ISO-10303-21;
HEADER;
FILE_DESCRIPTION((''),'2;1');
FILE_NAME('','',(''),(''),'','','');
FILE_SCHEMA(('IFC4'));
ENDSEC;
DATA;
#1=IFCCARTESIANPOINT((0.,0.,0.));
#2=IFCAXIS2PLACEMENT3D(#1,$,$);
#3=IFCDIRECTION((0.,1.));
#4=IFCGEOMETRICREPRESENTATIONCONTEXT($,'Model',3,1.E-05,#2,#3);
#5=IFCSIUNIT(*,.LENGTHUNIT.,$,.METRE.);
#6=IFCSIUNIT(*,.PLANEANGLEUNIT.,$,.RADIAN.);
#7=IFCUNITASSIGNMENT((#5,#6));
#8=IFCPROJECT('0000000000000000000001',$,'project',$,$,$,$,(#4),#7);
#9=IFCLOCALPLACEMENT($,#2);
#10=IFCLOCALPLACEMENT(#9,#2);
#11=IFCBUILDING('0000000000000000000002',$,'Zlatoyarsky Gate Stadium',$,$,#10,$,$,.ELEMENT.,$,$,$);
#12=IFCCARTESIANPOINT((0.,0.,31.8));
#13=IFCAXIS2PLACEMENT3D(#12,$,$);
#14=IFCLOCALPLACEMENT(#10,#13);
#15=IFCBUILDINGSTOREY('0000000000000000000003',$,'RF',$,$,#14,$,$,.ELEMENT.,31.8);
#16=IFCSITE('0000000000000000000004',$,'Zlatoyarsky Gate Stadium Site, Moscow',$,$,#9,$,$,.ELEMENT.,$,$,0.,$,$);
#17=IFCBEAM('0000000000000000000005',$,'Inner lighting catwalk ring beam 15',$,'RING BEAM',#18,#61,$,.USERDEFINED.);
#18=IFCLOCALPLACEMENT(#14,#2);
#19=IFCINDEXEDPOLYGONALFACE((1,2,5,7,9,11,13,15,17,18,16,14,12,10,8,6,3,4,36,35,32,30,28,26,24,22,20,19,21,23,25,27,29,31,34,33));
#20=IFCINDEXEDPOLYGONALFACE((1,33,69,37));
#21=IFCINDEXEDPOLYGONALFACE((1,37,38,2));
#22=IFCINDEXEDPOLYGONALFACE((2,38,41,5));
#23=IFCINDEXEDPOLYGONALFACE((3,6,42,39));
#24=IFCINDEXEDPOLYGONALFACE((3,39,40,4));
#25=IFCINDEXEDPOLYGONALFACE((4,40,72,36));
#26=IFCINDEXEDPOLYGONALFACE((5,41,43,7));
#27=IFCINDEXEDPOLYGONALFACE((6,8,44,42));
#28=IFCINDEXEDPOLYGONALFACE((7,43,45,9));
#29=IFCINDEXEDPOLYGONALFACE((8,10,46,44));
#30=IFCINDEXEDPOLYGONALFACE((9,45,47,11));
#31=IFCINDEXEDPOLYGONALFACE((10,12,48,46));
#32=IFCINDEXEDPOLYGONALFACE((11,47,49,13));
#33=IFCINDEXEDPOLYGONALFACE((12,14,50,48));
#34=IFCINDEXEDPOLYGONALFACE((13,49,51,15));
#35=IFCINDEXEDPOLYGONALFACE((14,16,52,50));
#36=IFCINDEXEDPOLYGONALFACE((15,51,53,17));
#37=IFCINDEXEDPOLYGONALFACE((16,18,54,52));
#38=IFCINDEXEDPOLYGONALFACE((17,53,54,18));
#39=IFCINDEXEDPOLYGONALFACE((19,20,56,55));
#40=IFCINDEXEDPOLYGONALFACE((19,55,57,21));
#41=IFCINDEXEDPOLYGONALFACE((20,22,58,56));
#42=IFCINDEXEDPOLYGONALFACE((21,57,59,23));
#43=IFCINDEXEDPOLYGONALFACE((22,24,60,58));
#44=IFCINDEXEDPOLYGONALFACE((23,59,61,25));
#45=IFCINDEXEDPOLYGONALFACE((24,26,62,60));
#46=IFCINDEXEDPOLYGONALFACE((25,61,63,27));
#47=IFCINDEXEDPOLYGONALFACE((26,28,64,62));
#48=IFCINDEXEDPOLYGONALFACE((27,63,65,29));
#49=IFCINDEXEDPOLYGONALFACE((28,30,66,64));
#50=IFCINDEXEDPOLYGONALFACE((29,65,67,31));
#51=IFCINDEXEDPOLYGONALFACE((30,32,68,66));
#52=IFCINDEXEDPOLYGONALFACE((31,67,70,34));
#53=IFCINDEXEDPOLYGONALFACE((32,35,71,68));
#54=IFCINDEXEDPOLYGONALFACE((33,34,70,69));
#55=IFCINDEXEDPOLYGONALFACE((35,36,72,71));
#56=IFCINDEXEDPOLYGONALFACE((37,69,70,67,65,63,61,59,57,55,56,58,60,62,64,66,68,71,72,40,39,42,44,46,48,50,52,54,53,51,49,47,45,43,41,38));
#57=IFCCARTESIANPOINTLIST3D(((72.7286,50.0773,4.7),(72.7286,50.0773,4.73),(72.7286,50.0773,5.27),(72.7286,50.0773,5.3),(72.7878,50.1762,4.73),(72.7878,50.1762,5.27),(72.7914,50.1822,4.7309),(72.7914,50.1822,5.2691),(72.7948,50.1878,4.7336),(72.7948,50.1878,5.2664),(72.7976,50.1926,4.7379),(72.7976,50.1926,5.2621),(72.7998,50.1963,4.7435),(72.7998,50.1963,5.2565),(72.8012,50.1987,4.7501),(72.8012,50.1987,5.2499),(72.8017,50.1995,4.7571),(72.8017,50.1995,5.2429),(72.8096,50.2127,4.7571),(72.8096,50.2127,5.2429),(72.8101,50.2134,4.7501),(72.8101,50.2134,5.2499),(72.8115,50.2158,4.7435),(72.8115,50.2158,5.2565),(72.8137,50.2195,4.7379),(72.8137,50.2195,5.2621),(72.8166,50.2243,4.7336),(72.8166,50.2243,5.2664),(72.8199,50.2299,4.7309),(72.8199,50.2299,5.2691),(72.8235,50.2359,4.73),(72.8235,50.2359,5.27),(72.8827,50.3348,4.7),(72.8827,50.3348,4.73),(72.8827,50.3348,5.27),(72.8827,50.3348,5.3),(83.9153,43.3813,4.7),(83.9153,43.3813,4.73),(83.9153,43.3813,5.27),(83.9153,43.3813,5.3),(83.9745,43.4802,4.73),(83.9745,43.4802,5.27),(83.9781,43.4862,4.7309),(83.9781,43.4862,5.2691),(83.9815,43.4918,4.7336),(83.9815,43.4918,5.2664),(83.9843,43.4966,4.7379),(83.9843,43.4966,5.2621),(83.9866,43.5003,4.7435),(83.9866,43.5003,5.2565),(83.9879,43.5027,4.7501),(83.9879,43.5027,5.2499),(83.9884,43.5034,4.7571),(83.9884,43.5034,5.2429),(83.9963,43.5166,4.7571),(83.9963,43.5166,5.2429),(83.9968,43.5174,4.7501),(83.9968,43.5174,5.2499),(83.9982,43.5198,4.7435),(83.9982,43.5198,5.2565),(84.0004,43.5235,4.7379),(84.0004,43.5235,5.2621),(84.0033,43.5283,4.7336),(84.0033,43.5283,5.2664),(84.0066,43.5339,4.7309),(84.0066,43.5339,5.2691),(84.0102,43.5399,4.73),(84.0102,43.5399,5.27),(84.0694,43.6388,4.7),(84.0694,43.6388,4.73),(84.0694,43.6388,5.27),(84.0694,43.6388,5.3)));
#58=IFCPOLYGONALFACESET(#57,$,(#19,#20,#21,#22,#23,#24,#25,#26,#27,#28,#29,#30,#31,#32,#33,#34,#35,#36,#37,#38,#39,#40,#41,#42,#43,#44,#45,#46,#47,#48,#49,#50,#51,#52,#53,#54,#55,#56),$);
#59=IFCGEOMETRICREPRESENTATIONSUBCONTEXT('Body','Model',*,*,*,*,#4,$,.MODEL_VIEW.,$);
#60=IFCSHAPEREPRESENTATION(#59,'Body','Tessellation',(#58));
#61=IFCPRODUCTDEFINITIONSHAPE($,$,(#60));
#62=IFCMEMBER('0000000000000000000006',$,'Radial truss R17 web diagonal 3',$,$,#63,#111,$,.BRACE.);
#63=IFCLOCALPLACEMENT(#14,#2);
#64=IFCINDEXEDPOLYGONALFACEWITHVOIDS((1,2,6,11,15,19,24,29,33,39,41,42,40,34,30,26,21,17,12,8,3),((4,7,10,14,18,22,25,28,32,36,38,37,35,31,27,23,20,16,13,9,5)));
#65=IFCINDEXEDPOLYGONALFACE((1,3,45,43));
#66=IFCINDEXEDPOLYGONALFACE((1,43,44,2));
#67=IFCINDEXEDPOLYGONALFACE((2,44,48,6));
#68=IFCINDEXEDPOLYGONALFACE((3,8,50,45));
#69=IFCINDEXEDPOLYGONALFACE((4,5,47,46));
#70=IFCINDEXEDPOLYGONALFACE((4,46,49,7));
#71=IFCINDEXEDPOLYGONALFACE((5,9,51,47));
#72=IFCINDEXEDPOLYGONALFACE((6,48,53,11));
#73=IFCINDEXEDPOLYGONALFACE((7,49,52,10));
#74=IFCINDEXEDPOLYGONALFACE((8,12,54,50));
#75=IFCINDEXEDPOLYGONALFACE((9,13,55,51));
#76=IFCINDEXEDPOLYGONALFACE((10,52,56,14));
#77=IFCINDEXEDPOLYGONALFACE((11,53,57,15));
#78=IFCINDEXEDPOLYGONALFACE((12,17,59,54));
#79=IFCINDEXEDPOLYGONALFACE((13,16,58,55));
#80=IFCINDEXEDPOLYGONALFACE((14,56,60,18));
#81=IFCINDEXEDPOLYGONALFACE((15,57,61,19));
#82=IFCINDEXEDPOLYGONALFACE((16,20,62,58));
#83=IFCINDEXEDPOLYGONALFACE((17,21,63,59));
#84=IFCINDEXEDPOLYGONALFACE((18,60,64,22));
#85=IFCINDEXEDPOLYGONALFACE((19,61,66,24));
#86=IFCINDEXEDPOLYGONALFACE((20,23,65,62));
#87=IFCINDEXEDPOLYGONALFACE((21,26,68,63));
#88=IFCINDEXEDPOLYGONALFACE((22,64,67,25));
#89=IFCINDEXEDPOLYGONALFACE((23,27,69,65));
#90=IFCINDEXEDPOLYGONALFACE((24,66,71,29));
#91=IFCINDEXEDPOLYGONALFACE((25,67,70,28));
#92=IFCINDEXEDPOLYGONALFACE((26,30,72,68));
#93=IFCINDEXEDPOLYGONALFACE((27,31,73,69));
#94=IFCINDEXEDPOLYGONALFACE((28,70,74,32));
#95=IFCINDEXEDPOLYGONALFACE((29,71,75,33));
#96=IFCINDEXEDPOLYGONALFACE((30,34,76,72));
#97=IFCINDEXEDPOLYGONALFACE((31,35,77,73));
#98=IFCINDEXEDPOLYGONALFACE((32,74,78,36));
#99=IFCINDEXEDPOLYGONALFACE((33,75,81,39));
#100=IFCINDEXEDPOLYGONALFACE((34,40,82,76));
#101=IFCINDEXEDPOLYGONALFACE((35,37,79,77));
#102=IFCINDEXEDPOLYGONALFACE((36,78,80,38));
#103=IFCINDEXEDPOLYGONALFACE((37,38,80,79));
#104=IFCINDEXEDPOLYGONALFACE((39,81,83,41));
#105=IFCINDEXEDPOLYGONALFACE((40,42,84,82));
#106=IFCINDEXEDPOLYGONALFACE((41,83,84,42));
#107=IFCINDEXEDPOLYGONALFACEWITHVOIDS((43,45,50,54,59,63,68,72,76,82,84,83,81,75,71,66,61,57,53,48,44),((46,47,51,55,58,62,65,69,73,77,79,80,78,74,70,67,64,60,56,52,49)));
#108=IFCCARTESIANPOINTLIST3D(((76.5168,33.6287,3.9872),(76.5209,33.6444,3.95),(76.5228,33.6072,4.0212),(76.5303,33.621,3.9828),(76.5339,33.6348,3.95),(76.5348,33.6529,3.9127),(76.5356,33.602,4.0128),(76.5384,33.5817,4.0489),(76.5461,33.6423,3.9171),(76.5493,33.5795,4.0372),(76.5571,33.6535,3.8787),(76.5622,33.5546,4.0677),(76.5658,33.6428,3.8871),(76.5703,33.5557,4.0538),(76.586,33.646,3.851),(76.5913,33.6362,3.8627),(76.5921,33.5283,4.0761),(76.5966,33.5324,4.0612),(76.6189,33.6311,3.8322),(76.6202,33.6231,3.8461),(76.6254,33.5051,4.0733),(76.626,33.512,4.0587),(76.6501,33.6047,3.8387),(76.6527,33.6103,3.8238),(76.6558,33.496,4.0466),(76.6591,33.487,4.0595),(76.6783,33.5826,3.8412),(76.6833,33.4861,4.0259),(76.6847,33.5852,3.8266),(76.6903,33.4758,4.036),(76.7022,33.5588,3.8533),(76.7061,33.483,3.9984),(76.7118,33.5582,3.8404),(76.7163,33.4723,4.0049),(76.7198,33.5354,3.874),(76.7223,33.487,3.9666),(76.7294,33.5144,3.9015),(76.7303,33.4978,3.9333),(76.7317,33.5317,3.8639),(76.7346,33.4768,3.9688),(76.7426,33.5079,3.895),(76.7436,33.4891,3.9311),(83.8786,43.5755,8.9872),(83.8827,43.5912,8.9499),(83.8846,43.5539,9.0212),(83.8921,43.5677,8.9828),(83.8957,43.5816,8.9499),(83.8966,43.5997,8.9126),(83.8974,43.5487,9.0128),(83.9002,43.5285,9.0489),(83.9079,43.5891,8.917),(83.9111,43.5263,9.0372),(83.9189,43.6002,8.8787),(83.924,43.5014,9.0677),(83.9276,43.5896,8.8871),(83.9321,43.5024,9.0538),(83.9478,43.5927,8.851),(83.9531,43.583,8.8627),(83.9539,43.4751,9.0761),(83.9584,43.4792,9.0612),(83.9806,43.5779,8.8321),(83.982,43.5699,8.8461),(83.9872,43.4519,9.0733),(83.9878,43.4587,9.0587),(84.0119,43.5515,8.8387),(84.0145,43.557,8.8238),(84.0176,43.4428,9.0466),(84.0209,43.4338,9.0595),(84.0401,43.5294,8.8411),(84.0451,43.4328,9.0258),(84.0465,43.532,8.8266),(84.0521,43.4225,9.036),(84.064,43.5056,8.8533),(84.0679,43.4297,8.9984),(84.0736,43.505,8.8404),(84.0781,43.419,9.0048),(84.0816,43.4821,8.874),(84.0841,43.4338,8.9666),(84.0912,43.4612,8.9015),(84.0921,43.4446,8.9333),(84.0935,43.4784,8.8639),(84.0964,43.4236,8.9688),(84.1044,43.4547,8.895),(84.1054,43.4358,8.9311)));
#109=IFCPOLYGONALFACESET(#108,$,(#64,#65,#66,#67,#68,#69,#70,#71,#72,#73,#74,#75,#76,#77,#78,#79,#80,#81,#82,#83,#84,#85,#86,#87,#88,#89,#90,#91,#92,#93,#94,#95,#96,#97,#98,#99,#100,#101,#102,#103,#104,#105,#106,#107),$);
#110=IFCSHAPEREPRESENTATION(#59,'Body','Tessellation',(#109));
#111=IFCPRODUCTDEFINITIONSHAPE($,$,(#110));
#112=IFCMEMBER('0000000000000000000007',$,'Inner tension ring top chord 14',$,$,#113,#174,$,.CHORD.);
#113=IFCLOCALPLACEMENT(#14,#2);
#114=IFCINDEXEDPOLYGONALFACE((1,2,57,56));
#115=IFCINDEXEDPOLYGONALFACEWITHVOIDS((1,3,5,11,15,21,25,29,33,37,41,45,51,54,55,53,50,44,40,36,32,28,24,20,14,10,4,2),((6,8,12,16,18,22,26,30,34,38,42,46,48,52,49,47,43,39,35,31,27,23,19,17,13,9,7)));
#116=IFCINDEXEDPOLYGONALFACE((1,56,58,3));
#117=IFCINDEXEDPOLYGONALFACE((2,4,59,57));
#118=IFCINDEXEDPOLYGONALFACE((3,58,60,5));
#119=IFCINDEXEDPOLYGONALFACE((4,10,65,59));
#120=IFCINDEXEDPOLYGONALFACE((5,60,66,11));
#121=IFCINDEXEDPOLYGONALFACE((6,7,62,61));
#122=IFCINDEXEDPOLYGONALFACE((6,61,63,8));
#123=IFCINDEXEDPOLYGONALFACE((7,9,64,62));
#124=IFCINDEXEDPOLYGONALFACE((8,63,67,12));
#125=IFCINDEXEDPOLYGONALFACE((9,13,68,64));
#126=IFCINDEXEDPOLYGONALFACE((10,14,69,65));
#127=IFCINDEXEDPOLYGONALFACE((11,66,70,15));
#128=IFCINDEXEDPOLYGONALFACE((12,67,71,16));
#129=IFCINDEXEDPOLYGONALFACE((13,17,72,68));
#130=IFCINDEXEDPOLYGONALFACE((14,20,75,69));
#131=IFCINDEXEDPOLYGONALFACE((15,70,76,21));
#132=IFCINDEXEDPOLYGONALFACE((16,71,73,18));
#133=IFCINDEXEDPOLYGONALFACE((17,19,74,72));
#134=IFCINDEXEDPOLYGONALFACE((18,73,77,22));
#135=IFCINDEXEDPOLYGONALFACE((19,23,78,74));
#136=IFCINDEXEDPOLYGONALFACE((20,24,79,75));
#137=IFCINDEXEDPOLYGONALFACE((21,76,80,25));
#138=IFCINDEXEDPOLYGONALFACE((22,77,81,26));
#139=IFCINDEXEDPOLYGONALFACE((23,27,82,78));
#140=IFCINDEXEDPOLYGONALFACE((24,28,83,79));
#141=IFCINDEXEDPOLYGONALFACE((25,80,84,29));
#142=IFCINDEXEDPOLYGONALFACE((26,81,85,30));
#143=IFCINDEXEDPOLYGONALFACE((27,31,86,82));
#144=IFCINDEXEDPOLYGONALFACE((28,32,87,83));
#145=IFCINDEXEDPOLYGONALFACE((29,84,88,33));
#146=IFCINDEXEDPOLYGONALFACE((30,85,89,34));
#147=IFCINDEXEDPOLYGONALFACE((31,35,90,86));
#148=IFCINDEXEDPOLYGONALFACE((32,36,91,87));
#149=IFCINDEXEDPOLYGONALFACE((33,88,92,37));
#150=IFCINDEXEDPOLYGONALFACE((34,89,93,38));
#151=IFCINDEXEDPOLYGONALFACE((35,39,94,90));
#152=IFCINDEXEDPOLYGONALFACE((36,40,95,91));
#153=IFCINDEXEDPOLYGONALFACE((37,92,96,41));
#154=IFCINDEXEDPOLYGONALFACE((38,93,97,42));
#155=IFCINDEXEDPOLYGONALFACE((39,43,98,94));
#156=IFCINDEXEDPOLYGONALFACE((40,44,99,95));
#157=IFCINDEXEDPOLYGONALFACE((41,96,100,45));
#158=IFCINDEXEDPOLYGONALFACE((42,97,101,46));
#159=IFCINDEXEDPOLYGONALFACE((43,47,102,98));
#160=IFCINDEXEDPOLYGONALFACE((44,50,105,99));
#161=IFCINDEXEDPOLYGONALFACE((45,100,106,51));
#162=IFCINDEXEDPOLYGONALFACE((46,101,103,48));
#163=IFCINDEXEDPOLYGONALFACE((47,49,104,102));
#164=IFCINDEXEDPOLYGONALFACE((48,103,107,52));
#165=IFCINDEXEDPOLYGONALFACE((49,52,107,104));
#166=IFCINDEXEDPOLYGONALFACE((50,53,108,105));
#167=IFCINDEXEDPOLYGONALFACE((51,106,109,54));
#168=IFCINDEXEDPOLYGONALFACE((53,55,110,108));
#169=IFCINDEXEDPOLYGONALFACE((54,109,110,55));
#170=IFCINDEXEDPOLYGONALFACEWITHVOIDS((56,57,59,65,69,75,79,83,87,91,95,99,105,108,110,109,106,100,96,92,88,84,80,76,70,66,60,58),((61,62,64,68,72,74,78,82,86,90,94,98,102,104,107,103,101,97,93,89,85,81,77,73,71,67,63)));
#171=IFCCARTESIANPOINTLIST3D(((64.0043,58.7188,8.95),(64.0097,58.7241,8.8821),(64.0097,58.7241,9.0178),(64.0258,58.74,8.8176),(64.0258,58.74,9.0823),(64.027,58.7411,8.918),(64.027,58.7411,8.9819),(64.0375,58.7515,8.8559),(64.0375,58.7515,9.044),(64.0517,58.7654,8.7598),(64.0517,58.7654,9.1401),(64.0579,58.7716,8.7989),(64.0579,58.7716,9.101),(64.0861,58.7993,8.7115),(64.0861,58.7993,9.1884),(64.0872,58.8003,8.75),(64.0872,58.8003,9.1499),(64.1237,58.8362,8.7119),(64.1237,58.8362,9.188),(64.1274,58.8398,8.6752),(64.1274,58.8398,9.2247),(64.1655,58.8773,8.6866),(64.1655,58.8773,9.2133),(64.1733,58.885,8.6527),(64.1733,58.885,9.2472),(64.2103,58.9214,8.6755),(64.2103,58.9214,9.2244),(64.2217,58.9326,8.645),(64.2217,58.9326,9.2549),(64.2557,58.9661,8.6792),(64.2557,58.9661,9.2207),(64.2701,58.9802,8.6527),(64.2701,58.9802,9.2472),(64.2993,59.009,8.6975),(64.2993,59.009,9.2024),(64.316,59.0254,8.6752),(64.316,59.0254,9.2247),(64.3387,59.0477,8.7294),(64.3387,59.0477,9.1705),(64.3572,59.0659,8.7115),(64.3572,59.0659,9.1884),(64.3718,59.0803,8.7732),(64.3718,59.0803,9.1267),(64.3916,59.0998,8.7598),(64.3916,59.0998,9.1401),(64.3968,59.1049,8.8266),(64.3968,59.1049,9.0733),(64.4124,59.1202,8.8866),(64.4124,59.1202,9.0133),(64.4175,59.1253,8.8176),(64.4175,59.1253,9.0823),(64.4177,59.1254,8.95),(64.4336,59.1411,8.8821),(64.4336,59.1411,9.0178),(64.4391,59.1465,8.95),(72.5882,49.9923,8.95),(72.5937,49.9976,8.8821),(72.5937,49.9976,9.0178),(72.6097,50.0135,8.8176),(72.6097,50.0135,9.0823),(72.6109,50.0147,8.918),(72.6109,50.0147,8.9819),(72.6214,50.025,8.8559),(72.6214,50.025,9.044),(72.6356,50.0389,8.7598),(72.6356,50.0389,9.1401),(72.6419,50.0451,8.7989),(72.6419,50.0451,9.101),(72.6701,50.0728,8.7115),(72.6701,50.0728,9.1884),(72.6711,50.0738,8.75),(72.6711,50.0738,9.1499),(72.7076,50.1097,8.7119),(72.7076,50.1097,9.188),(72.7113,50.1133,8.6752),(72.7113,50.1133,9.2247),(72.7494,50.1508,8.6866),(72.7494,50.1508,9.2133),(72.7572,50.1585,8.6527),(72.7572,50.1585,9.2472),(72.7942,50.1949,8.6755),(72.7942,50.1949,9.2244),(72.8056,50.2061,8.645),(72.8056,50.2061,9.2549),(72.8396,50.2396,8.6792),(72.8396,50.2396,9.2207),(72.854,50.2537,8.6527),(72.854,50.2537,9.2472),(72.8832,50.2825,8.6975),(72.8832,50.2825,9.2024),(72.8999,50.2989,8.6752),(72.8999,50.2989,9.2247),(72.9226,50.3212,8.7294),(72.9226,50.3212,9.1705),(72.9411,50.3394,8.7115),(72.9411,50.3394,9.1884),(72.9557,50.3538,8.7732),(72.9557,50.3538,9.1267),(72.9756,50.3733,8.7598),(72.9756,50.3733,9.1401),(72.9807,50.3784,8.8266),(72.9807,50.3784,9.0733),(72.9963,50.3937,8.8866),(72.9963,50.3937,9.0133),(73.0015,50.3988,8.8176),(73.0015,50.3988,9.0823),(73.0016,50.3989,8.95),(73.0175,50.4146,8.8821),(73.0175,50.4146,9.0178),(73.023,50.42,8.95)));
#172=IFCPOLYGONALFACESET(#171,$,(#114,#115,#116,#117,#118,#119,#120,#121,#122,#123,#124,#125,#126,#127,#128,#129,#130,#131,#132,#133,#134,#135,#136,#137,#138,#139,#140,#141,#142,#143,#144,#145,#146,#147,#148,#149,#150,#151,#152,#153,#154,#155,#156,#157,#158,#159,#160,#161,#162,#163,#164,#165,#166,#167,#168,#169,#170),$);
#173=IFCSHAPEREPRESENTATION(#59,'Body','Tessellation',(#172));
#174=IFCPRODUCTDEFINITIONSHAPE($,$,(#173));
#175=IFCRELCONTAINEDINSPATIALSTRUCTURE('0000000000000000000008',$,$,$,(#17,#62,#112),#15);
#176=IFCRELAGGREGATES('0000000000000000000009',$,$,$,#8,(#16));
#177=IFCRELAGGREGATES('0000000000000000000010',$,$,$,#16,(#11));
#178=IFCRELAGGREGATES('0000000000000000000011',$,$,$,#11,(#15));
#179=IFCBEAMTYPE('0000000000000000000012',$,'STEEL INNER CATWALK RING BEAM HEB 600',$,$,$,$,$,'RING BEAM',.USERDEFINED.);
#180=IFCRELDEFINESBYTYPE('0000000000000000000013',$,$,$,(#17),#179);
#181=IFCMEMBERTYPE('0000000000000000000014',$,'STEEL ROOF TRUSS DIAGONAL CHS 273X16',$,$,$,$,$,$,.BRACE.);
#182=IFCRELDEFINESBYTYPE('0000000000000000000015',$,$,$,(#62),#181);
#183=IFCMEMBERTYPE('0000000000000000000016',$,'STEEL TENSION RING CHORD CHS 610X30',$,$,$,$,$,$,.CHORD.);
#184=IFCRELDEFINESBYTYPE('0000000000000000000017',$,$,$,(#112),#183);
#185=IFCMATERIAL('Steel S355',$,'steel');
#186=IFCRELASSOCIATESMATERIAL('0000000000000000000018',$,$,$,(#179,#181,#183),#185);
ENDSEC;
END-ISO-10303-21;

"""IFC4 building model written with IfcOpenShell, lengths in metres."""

from ifc_helpers import new_model, si_unit, direction, frame, origin, origin_2d, place, context, subcontext, project, spatial, hollow_circle, i_section, extrude, material, material_profile, profile_set, type_object, element, save


model = new_model("IFC4")

# Units and contexts
model_context = context("Model", 3, precision=1e-05, world=origin(), true_north=direction((0.0, 1.0)))
body_context = subcontext(model_context, "Body", "Model", "MODEL_VIEW")
ifc_project = project(units=[si_unit("LENGTHUNIT", "METRE"), si_unit("PLANEANGLEUNIT", "RADIAN")], contexts=[model_context])

# Site, building, storey
site_placement = place(None, origin())
site = spatial("IfcSite", under=ifc_project, at=site_placement, Name="Zlatoyarsky Gate Stadium Site, Moscow", CompositionType="ELEMENT", RefElevation=0.0)
building_placement = place(site_placement, origin())
building = spatial("IfcBuilding", under=site, at=building_placement, Name="Zlatoyarsky Gate Stadium", CompositionType="ELEMENT")
storey_placement = place(building_placement, frame((0.0, 0.0, 31.8)))
storey = spatial("IfcBuildingStorey", under=building, at=storey_placement, Name="RF", CompositionType="ELEMENT", Elevation=31.8)

# Shared definitions
ifc_material = material(Name="Steel S355", Category="steel")

# Beam
ifc_material_profile_1 = material_profile(ifc_material, i_section(OverallWidth=0.3, OverallDepth=0.6001, WebThickness=0.0154, FlangeThickness=0.03, FilletRadius=0.0271, at=origin_2d()), Name="HEB 600")
ifc_profile_set_1 = profile_set([ifc_material_profile_1], Name="Steel S355")
beam_type = type_object("IfcBeamType", Name="STEEL INNER CATWALK RING BEAM HEB 600", ElementType="RING BEAM", PredefinedType="USERDEFINED", material=ifc_profile_set_1)
beam_1_placement = place(storey_placement, frame((72.8057, 50.2061, 5.0), z_axis=(0.858034, -0.513592, 0.0), x_axis=(0.513592, 0.858034, 0.0)))
element("IfcBeam", 1, at=beam_1_placement, inside=storey, type_object=beam_type, Name="Inner lighting catwalk ring beam 15", ObjectType="RING BEAM", PredefinedType="USERDEFINED", context=body_context, shape_type="SweptSolid", body=[
    extrude(i_section(OverallWidth=0.3, OverallDepth=0.6001, WebThickness=0.0154, FlangeThickness=0.03, FilletRadius=0.0271, at=origin_2d()), origin(), (0.0, 0.0, 1.0), 13.0376),
])

# Members
ifc_material_profile_2 = material_profile(ifc_material, hollow_circle(Radius=0.1365, WallThickness=0.0161, at=origin_2d()), Name="CHS 273X16")
ifc_profile_set_2 = profile_set([ifc_material_profile_2], Name="Steel S355")
member_type_1 = type_object("IfcMemberType", Name="STEEL ROOF TRUSS DIAGONAL CHS 273X16", PredefinedType="BRACE", material=ifc_profile_set_2)
member_1_placement = place(storey_placement, frame((76.6306, 33.5632, 3.95), z_axis=(0.551583, 0.745261, 0.374624), x_axis=(-0.803795, 0.594906, 0.0)))
element("IfcMember", 2, at=member_1_placement, inside=storey, type_object=member_type_1, Name="Radial truss R17 web diagonal 3", PredefinedType="BRACE", context=body_context, shape_type="SweptSolid", body=[
    extrude(hollow_circle(Radius=0.1365, WallThickness=0.0161, at=origin_2d()), origin(), (0.0, 0.0, 1.0), 13.3467),
])
ifc_material_profile_3 = material_profile(ifc_material, hollow_circle(Radius=0.3049, WallThickness=0.03, at=origin_2d()), Name="CHS 610X30")
ifc_profile_set_3 = profile_set([ifc_material_profile_3], Name="Steel S355")
member_type_2 = type_object("IfcMemberType", Name="STEEL TENSION RING CHORD CHS 610X30", PredefinedType="CHORD", material=ifc_profile_set_3)
member_2_placement = place(storey_placement, frame((64.2217, 58.9326, 8.95), z_axis=(0.701259, -0.712907, 0.0), x_axis=(0.712907, 0.701259, 0.0)))
element("IfcMember", 3, at=member_2_placement, inside=storey, type_object=member_type_2, Name="Inner tension ring top chord 14", PredefinedType="CHORD", context=body_context, shape_type="SweptSolid", body=[
    extrude(hollow_circle(Radius=0.3049, WallThickness=0.03, at=origin_2d()), origin(), (0.0, 0.0, 1.0), 12.2407),
])

save(model, "model.ifc")
